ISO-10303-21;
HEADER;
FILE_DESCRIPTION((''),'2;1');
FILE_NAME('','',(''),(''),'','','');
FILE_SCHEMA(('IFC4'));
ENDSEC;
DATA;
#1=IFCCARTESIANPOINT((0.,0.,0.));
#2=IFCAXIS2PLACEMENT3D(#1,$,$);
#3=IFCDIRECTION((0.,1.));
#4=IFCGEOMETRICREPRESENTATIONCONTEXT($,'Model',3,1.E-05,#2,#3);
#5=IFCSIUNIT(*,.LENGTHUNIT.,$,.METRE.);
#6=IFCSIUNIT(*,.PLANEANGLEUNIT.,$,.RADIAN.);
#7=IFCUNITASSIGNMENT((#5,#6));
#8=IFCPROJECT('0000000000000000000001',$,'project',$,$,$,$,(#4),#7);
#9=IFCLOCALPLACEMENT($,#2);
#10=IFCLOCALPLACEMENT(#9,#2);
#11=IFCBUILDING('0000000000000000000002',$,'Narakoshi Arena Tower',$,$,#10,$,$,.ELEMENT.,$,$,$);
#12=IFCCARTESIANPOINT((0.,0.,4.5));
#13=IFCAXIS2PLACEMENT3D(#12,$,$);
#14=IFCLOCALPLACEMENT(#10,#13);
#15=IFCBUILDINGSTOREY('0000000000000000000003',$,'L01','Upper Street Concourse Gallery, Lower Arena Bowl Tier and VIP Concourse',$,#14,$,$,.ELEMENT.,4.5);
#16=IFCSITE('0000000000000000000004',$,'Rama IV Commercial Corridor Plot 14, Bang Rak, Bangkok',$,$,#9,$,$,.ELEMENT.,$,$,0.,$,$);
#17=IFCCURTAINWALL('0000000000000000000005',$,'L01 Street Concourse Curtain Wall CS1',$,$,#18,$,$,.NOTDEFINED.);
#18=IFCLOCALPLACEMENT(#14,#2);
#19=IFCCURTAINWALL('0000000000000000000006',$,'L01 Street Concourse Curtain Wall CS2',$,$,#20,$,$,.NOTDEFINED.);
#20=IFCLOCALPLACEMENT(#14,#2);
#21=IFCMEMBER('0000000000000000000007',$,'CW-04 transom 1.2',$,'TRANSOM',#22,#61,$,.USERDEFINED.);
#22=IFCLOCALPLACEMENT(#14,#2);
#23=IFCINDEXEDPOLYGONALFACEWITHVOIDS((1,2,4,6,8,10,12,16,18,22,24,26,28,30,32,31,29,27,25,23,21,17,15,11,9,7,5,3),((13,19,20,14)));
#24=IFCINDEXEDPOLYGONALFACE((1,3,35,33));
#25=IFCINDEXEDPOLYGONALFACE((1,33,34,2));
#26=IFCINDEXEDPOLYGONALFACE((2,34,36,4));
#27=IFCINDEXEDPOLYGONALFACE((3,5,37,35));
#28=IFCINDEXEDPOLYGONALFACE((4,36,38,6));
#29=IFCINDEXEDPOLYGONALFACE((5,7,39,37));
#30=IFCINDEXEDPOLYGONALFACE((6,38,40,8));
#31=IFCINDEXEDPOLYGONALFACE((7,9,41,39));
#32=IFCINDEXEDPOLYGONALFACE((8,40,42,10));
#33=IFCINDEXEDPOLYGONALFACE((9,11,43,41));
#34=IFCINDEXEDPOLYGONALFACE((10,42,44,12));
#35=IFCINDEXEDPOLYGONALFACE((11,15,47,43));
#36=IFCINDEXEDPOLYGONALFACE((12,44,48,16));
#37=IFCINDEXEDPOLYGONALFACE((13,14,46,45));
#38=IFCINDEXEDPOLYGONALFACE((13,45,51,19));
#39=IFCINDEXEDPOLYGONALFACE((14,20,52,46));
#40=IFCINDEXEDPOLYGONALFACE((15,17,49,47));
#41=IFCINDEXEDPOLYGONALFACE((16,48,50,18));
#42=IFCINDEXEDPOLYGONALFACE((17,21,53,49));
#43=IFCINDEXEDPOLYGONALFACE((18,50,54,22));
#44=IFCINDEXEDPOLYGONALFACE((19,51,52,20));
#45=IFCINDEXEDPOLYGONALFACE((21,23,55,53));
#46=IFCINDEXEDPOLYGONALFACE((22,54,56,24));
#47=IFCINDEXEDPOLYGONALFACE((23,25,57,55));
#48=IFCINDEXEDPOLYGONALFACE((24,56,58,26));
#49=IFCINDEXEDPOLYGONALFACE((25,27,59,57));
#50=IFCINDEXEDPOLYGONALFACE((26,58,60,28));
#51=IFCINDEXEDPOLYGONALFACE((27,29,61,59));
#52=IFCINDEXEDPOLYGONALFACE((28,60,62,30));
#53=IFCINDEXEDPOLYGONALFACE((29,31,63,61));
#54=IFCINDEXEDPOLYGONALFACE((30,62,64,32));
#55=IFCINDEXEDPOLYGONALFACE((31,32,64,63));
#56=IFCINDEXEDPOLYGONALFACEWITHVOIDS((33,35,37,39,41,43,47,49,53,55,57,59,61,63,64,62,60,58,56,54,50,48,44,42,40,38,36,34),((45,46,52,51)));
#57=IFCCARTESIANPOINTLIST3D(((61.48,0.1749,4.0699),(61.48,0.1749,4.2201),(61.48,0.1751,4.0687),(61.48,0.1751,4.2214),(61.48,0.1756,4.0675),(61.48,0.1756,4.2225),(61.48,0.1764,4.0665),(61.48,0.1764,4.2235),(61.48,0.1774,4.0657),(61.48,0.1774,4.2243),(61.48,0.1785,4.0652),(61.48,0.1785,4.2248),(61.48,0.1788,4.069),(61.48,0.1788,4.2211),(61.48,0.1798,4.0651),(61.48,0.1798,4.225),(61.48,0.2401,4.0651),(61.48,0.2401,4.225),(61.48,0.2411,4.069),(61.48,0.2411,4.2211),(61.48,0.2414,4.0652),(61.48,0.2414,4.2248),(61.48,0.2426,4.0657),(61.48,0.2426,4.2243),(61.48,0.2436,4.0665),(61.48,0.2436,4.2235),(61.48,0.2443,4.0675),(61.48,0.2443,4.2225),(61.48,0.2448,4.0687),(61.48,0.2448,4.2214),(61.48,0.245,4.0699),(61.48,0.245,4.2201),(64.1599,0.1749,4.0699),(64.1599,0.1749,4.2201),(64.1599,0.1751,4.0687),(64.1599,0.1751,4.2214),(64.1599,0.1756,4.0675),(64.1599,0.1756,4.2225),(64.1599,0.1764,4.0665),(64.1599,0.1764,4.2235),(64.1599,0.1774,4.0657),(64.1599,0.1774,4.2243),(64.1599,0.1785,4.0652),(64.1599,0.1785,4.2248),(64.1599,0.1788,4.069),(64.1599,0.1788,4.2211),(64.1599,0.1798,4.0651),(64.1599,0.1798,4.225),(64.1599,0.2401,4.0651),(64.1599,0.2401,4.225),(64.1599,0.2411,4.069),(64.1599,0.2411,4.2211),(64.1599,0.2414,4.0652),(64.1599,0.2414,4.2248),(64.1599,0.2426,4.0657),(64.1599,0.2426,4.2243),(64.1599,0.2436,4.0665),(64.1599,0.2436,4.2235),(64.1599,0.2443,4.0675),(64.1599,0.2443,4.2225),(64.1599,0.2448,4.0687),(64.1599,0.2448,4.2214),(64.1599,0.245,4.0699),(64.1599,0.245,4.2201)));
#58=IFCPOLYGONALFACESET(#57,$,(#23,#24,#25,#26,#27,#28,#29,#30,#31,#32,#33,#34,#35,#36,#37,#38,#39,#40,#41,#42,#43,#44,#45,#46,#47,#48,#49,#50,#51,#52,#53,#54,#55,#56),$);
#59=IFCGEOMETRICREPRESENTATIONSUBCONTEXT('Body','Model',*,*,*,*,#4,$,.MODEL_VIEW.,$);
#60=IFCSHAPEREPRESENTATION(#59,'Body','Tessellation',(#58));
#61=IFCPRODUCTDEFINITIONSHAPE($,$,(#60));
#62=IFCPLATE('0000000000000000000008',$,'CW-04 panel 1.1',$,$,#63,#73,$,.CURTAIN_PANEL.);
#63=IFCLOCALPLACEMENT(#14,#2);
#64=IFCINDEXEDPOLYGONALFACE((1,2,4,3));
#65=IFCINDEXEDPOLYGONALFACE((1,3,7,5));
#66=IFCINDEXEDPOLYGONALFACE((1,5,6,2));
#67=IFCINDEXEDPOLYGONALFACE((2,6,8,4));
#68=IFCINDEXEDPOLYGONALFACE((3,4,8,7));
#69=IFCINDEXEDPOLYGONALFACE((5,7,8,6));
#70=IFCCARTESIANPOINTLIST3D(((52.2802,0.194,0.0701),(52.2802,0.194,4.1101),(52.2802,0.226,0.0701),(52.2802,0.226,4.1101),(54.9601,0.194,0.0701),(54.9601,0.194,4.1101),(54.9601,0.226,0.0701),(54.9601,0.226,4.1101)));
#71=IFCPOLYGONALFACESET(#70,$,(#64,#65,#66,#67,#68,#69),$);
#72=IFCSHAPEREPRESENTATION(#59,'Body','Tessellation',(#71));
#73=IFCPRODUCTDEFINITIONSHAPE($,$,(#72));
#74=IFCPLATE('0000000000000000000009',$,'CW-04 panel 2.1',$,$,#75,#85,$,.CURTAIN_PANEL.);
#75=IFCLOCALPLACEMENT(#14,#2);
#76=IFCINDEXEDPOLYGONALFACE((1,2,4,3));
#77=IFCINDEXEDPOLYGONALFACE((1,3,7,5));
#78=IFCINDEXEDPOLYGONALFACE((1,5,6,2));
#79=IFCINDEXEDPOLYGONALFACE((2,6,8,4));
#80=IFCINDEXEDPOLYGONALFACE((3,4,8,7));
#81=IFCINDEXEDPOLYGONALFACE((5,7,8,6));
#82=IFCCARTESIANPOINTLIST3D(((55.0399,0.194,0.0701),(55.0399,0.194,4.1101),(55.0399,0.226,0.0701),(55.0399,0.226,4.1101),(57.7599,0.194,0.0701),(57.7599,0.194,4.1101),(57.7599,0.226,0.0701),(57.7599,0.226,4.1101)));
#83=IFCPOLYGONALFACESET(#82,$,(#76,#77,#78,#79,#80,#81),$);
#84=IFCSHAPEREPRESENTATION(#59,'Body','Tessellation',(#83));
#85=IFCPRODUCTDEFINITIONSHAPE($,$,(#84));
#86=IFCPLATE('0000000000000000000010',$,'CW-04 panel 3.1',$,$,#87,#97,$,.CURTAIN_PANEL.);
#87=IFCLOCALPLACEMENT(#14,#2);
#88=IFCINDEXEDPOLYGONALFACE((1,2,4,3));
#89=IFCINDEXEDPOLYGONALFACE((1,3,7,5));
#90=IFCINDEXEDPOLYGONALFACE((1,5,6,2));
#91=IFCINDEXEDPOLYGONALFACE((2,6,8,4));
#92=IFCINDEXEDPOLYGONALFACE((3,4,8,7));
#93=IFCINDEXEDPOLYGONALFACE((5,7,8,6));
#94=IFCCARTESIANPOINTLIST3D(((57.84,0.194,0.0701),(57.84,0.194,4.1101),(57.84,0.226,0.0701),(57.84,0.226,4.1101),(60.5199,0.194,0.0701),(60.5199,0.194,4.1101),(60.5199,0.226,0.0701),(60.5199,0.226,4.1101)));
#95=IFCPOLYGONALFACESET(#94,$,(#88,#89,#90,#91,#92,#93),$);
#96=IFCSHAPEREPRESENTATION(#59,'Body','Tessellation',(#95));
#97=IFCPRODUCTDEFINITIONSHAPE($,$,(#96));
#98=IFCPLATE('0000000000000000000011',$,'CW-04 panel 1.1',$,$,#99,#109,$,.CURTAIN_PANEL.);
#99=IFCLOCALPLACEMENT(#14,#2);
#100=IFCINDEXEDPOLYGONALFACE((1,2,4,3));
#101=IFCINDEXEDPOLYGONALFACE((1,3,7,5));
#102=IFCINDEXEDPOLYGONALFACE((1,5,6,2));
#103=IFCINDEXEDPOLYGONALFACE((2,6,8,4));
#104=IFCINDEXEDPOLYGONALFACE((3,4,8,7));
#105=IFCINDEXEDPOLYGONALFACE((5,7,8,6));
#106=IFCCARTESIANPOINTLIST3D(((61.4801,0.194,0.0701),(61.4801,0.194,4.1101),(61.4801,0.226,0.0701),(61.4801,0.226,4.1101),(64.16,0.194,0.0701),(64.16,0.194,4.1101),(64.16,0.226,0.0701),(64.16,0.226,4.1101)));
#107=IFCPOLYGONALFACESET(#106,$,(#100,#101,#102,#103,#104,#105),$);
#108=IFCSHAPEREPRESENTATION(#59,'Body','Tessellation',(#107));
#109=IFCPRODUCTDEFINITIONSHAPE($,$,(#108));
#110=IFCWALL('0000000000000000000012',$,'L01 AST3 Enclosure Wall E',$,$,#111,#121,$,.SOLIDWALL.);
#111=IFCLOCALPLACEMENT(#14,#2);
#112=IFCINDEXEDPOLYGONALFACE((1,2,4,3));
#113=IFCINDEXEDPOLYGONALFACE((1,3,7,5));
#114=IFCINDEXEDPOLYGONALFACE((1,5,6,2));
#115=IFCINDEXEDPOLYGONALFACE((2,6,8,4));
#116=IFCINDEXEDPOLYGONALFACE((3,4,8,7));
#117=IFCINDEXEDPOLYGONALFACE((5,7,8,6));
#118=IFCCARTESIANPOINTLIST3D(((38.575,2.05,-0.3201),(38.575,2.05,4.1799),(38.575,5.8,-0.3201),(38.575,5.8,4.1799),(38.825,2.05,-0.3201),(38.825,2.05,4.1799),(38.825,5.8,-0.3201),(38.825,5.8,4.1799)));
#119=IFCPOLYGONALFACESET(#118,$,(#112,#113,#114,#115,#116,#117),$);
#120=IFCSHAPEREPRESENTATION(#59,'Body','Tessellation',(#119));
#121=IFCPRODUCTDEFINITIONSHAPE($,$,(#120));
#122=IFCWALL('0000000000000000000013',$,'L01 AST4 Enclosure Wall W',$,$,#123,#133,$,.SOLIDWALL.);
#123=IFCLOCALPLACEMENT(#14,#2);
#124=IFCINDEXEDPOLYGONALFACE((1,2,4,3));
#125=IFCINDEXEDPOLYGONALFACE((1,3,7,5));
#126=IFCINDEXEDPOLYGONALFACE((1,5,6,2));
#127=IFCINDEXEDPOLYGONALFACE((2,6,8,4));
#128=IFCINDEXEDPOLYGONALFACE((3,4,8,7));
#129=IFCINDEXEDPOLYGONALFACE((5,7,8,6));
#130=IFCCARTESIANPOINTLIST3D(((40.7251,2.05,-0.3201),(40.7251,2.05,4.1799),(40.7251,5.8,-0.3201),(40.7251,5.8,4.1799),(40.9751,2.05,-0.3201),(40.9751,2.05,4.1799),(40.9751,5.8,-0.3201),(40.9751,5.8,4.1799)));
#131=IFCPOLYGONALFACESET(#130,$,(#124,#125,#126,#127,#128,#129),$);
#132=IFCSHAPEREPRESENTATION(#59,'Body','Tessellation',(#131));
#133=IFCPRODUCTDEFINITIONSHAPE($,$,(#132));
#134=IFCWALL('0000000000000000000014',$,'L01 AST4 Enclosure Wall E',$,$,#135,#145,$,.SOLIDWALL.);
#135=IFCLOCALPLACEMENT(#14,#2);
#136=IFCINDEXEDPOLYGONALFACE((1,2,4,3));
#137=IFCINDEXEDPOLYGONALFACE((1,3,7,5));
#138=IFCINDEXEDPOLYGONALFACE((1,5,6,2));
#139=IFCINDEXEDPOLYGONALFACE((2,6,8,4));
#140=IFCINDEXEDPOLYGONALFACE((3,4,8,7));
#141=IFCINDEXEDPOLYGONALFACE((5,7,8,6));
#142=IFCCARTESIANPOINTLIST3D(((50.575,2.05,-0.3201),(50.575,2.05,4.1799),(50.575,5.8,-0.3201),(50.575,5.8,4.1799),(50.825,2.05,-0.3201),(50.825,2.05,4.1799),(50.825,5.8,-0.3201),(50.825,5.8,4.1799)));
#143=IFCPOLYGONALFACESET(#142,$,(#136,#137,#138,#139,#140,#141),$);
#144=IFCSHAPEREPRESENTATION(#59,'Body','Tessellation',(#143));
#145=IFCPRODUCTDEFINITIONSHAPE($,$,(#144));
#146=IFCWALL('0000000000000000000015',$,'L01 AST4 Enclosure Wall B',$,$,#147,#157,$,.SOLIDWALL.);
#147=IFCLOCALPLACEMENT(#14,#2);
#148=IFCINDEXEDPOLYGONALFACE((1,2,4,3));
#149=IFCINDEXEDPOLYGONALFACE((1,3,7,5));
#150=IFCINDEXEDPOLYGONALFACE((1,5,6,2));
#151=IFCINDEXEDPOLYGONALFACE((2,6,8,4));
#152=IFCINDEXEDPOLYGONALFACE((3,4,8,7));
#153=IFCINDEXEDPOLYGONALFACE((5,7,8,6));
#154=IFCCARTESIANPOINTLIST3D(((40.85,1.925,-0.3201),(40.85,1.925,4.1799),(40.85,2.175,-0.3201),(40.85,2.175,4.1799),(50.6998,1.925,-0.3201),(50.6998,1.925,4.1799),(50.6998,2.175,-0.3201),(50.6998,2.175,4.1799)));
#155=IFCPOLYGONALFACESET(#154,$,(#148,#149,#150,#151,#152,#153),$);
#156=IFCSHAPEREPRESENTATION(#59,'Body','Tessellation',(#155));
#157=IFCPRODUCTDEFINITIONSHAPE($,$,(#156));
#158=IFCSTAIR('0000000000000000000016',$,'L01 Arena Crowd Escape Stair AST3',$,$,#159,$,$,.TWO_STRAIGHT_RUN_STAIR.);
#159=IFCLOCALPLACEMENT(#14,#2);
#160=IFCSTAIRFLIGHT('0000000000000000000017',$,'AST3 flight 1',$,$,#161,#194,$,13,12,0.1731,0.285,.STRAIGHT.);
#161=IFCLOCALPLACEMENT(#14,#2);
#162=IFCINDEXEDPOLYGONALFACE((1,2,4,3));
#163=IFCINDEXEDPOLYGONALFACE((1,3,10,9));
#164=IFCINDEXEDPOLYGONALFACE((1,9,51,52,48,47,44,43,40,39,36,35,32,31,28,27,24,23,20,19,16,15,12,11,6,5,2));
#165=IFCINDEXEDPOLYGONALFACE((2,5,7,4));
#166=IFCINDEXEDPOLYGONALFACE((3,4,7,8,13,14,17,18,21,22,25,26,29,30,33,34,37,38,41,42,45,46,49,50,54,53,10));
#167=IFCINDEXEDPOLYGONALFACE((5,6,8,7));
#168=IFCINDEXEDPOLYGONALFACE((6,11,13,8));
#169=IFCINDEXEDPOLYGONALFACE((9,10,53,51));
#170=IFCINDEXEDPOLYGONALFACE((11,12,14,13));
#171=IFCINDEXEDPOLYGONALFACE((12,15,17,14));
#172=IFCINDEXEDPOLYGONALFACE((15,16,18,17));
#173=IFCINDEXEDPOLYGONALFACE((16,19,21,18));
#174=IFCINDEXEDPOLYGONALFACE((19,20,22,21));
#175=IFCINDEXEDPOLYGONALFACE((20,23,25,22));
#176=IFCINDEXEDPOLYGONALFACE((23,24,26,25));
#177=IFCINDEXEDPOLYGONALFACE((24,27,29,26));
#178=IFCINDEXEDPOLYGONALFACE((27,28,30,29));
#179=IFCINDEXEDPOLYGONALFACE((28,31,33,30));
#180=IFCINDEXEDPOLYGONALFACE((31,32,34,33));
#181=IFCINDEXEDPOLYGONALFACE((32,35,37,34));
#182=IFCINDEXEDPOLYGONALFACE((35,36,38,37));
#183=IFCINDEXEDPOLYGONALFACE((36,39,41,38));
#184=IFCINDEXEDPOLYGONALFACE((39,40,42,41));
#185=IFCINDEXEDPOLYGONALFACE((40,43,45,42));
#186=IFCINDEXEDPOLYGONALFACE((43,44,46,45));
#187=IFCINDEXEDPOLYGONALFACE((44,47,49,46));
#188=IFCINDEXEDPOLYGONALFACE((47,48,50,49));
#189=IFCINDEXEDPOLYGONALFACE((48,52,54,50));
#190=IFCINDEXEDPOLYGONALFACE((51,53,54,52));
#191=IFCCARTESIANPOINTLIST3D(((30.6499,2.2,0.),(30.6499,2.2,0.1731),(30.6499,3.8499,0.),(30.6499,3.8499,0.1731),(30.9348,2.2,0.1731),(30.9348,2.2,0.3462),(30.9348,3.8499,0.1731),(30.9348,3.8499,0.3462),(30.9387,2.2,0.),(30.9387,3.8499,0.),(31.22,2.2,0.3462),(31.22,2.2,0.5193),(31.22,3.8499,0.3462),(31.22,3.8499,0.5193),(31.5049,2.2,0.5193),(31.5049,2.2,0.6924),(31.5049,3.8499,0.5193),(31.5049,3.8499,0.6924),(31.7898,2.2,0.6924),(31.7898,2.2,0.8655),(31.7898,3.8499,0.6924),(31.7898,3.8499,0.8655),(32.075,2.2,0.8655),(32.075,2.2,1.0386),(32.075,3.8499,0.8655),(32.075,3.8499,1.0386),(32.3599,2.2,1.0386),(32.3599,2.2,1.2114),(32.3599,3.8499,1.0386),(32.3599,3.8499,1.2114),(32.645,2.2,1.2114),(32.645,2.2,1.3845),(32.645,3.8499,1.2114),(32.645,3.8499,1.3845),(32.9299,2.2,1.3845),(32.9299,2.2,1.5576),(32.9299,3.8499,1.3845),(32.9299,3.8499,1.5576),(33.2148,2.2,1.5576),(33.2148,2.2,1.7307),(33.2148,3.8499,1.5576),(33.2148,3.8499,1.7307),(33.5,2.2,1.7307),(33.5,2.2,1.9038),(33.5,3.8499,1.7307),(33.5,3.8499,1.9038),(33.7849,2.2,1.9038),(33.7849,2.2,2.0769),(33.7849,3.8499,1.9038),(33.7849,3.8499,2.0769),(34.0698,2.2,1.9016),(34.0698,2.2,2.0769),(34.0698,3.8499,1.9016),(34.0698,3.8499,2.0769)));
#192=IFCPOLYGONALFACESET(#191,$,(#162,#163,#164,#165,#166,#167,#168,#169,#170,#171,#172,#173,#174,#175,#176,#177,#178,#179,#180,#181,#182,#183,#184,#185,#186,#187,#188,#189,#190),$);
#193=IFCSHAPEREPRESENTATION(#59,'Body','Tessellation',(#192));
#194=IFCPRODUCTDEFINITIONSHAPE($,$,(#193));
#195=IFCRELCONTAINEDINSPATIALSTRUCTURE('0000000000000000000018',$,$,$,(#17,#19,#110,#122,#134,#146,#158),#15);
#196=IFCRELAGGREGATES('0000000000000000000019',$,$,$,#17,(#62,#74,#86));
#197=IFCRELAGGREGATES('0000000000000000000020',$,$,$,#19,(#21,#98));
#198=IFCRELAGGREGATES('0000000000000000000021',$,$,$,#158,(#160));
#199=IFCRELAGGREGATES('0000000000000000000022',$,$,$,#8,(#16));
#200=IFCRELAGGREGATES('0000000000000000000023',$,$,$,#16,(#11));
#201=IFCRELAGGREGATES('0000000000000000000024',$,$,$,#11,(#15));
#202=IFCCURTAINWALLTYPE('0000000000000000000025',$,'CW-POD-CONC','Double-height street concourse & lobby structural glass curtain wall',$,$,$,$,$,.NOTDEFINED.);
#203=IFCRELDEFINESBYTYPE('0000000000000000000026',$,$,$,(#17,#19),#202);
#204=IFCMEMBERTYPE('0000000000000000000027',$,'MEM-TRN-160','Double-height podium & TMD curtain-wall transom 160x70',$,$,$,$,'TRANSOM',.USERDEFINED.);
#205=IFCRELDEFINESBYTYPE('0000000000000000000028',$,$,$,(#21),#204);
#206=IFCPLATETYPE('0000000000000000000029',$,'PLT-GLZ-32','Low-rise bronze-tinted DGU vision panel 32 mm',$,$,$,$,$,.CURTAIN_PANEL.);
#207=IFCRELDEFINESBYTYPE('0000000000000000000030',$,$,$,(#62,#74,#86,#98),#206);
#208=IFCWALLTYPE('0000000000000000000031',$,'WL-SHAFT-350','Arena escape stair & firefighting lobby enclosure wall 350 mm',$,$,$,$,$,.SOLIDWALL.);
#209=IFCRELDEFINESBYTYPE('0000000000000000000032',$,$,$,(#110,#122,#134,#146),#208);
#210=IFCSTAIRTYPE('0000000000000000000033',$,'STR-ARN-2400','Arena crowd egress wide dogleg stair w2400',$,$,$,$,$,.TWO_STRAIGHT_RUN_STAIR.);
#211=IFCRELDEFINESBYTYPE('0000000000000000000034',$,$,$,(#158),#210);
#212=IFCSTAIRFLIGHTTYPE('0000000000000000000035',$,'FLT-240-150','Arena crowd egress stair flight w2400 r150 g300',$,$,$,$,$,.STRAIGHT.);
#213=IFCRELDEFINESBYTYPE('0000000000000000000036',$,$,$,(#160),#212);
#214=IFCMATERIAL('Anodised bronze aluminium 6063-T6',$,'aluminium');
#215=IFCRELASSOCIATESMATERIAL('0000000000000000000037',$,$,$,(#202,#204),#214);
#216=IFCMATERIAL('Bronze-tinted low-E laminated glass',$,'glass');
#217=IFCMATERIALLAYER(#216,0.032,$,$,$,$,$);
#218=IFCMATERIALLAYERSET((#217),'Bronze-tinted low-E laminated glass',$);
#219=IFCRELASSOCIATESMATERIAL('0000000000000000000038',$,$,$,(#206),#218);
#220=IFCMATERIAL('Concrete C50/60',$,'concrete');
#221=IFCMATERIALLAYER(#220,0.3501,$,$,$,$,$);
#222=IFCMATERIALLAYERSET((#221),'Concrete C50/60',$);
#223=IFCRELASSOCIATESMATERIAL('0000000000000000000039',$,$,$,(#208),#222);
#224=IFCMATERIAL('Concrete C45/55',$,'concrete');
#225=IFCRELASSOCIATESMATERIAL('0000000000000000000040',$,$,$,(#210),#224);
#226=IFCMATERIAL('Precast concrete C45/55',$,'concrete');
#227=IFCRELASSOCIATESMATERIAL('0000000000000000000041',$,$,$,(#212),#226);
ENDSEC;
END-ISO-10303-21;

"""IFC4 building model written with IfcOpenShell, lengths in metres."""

from ifc_helpers import new_model, si_unit, direction, frame, frame_2d, origin, origin_2d, place, context, subcontext, project, spatial, polyline, rectangle, hollow_rectangle, outline, extrude, material, layer, layer_set, material_profile, profile_set, type_object, element, aggregate, save


model = new_model("IFC4")

# Units and contexts
model_context = context("Model", 3, precision=1e-05, world=origin(), true_north=direction((0.0, 1.0)))
body_context = subcontext(model_context, "Body", "Model", "MODEL_VIEW")
ifc_project = project(units=[si_unit("LENGTHUNIT", "METRE"), si_unit("PLANEANGLEUNIT", "RADIAN")], contexts=[model_context])

# Site, building, storey
site_placement = place(None, origin())
site = spatial("IfcSite", under=ifc_project, at=site_placement, Name="Rama IV Commercial Corridor Plot 14, Bang Rak, Bangkok", CompositionType="ELEMENT", RefElevation=0.0)
building_placement = place(site_placement, origin())
building = spatial("IfcBuilding", under=site, at=building_placement, Name="Narakoshi Arena Tower", CompositionType="ELEMENT")
storey_placement = place(building_placement, frame((0.0, 0.0, 4.5)))
storey = spatial("IfcBuildingStorey", under=building, at=storey_placement, Name="L01", Description="Upper Street Concourse Gallery, Lower Arena Bowl Tier and VIP Concourse", CompositionType="ELEMENT", Elevation=4.5)

# Curtain wall
ifc_material_1 = material(Name="Anodised bronze aluminium 6063-T6", Category="aluminium")
curtain_wall_type = type_object("IfcCurtainWallType", Name="CW-POD-CONC", Description="Double-height street concourse & lobby structural glass curtain wall", PredefinedType="NOTDEFINED", material=ifc_material_1)
curtain_wall_1_placement = place(storey_placement, origin())
curtain_wall_1 = element("IfcCurtainWall", 1, at=curtain_wall_1_placement, inside=storey, type_object=curtain_wall_type, Name="L01 Street Concourse Curtain Wall CS1", PredefinedType="NOTDEFINED")

# Curtain wall
curtain_wall_2_placement = place(storey_placement, origin())
curtain_wall_2 = element("IfcCurtainWall", 2, at=curtain_wall_2_placement, inside=storey, type_object=curtain_wall_type, Name="L01 Street Concourse Curtain Wall CS2", PredefinedType="NOTDEFINED")

# Member
ifc_material_profile_1 = material_profile(ifc_material_1, hollow_rectangle(XDim=0.0701, YDim=0.1599, WallThickness=0.0039, OuterFilletRadius=0.0049, at=origin_2d()), Name="TRN160x70x4")
ifc_profile_set_1 = profile_set([ifc_material_profile_1], Name="Anodised bronze aluminium 6063-T6")
member_type_1 = type_object("IfcMemberType", Name="MEM-TRN-160", Description="Double-height podium & TMD curtain-wall transom 160x70", ElementType="TRANSOM", PredefinedType="USERDEFINED", material=ifc_profile_set_1)
member_1_placement = place(storey_placement, frame((61.48, 0.21, 4.145), z_axis=(1.0, 0.0, 0.0), x_axis=(0.0, 1.0, 0.0)))
member_1 = element("IfcMember", 3, at=member_1_placement, type_object=member_type_1, Name="CW-04 transom 1.2", ObjectType="TRANSOM", PredefinedType="USERDEFINED", context=body_context, shape_type="SweptSolid", body=[
    extrude(hollow_rectangle(XDim=0.0701, YDim=0.1599, WallThickness=0.0039, OuterFilletRadius=0.0049, at=origin_2d()), origin(), (0.0, 0.0, 1.0), 2.6799),
])

# Plates
ifc_material_2 = material(Name="Bronze-tinted low-E laminated glass", Category="glass")
ifc_layer_1 = layer(ifc_material_2, 0.032)
ifc_layer_set_1 = layer_set([ifc_layer_1], Name="Bronze-tinted low-E laminated glass")
plate_type = type_object("IfcPlateType", Name="PLT-GLZ-32", Description="Low-rise bronze-tinted DGU vision panel 32 mm", PredefinedType="CURTAIN_PANEL", material=ifc_layer_set_1)
plate_1_placement = place(storey_placement, frame((53.6201, 0.21, 0.0701), z_axis=(0.0, 0.0, 1.0), x_axis=(1.0, 0.0, 0.0)))
plate_1 = element("IfcPlate", 4, at=plate_1_placement, type_object=plate_type, Name="CW-04 panel 1.1", PredefinedType="CURTAIN_PANEL", context=body_context, shape_type="SweptSolid", body=[
    extrude(rectangle(XDim=2.6799, YDim=0.032, at=origin_2d()), origin(), (0.0, 0.0, 1.0), 4.04),
])
plate_2_placement = place(storey_placement, frame((56.3999, 0.21, 0.0701), z_axis=(0.0, 0.0, 1.0), x_axis=(1.0, 0.0, 0.0)))
plate_2 = element("IfcPlate", 5, at=plate_2_placement, type_object=plate_type, Name="CW-04 panel 2.1", PredefinedType="CURTAIN_PANEL", context=body_context, shape_type="SweptSolid", body=[
    extrude(rectangle(XDim=2.72, YDim=0.032, at=origin_2d()), origin(), (0.0, 0.0, 1.0), 4.04),
])
plate_3_placement = place(storey_placement, frame((59.1799, 0.21, 0.0701), z_axis=(0.0, 0.0, 1.0), x_axis=(1.0, 0.0, 0.0)))
plate_3 = element("IfcPlate", 6, at=plate_3_placement, type_object=plate_type, Name="CW-04 panel 3.1", PredefinedType="CURTAIN_PANEL", context=body_context, shape_type="SweptSolid", body=[
    extrude(rectangle(XDim=2.6799, YDim=0.032, at=origin_2d()), origin(), (0.0, 0.0, 1.0), 4.04),
])
aggregate(curtain_wall_1, [plate_1, plate_2, plate_3])
plate_4_placement = place(storey_placement, frame((62.8201, 0.21, 0.0701), z_axis=(0.0, 0.0, 1.0), x_axis=(1.0, 0.0, 0.0)))
plate_4 = element("IfcPlate", 7, at=plate_4_placement, type_object=plate_type, Name="CW-04 panel 1.1", PredefinedType="CURTAIN_PANEL", context=body_context, shape_type="SweptSolid", body=[
    extrude(rectangle(XDim=2.6799, YDim=0.032, at=origin_2d()), origin(), (0.0, 0.0, 1.0), 4.04),
])
aggregate(curtain_wall_2, [member_1, plate_4])

# Walls
ifc_material_3 = material(Name="Concrete C50/60", Category="concrete")
ifc_layer_2 = layer(ifc_material_3, 0.3501)
ifc_layer_set_2 = layer_set([ifc_layer_2], Name="Concrete C50/60")
wall_type = type_object("IfcWallType", Name="WL-SHAFT-350", Description="Arena escape stair & firefighting lobby enclosure wall 350 mm", PredefinedType="SOLIDWALL", material=ifc_layer_set_2)
for number, where, z_axis, x_axis, name in (
    (8, (38.7, 2.05, -0.3201), (0.0, 0.0, 1.0), (0.0, 1.0, 0.0), "L01 AST3 Enclosure Wall E"),
    (9, (40.8501, 2.05, -0.3201), (0.0, 0.0, 1.0), (0.0, 1.0, 0.0), "L01 AST4 Enclosure Wall W"),
    (10, (50.7, 2.05, -0.3201), (0.0, 0.0, 1.0), (0.0, 1.0, 0.0), "L01 AST4 Enclosure Wall E"),
):
    element("IfcWall", number, at=place(storey_placement, frame(where, z_axis=z_axis, x_axis=x_axis)), inside=storey, type_object=wall_type, Name=name, PredefinedType="SOLIDWALL", context=body_context, shape_type="SweptSolid", body=[
        extrude(rectangle(XDim=3.75, YDim=0.25, at=frame_2d((1.875, 0.0))), origin(), (0.0, 0.0, 1.0), 4.5),
    ])
wall_placement = place(storey_placement, frame((40.8501, 2.05, -0.3201), z_axis=(0.0, 0.0, 1.0), x_axis=(1.0, 0.0, 0.0)))
element("IfcWall", 11, at=wall_placement, inside=storey, type_object=wall_type, Name="L01 AST4 Enclosure Wall B", PredefinedType="SOLIDWALL", context=body_context, shape_type="SweptSolid", body=[
    extrude(rectangle(XDim=9.8499, YDim=0.25, at=frame_2d((4.9248, 0.0))), origin(), (0.0, 0.0, 1.0), 4.5),
])

# Stair, stair flight
ifc_material_4 = material(Name="Concrete C45/55", Category="concrete")
stair_type = type_object("IfcStairType", Name="STR-ARN-2400", Description="Arena crowd egress wide dogleg stair w2400", PredefinedType="TWO_STRAIGHT_RUN_STAIR", material=ifc_material_4)
stair_1_placement = place(storey_placement, origin())
stair_1 = element("IfcStair", 12, at=stair_1_placement, inside=storey, type_object=stair_type, Name="L01 Arena Crowd Escape Stair AST3", PredefinedType="TWO_STRAIGHT_RUN_STAIR")
ifc_material_5 = material(Name="Precast concrete C45/55", Category="concrete")
stair_flight_type = type_object("IfcStairFlightType", Name="FLT-240-150", Description="Arena crowd egress stair flight w2400 r150 g300", PredefinedType="STRAIGHT", material=ifc_material_5)
stair_flight_1_placement = place(storey_placement, frame((30.6499, 3.0249, 0.0), z_axis=(0.0, 0.0, 1.0), x_axis=(1.0, 0.0, 0.0)))
stair_flight_1 = element("IfcStairFlight", 13, at=stair_flight_1_placement, type_object=stair_flight_type, Name="AST3 flight 1", NumberOfRisers=13, NumberOfTreads=12, PredefinedType="STRAIGHT", RiserHeight=0.1731, TreadLength=0.285, context=body_context, shape_type="SweptSolid", body=[
    extrude(outline(polyline([(0.0, 0.0), (0.0, 0.1731), (0.2849, 0.1731), (0.2849, 0.3462), (0.5701, 0.3462), (0.5701, 0.5193), (0.855, 0.5193), (0.855, 0.6924), (1.1399, 0.6924), (1.1399, 0.8655), (1.425, 0.8655), (1.425, 1.0386), (1.71, 1.0386), (1.71, 1.2114), (1.9951, 1.2114), (1.9951, 1.3845), (2.28, 1.3845), (2.28, 1.5576), (2.5649, 1.5576), (2.5649, 1.7307), (2.8501, 1.7307), (2.8501, 1.9038), (3.135, 1.9038), (3.135, 2.0769), (3.4199, 2.0769), (3.4199, 2.25), (3.4199, 1.9016), (0.2888, 0.0), (0.0, 0.0)])), frame((0.0, 0.825, 0.0), z_axis=(0.0, -1.0, 0.0), x_axis=(1.0, 0.0, 0.0)), (0.0, 0.0, 1.0), 1.6499),
])
aggregate(stair_1, [stair_flight_1])

save(model, "model.ifc")
